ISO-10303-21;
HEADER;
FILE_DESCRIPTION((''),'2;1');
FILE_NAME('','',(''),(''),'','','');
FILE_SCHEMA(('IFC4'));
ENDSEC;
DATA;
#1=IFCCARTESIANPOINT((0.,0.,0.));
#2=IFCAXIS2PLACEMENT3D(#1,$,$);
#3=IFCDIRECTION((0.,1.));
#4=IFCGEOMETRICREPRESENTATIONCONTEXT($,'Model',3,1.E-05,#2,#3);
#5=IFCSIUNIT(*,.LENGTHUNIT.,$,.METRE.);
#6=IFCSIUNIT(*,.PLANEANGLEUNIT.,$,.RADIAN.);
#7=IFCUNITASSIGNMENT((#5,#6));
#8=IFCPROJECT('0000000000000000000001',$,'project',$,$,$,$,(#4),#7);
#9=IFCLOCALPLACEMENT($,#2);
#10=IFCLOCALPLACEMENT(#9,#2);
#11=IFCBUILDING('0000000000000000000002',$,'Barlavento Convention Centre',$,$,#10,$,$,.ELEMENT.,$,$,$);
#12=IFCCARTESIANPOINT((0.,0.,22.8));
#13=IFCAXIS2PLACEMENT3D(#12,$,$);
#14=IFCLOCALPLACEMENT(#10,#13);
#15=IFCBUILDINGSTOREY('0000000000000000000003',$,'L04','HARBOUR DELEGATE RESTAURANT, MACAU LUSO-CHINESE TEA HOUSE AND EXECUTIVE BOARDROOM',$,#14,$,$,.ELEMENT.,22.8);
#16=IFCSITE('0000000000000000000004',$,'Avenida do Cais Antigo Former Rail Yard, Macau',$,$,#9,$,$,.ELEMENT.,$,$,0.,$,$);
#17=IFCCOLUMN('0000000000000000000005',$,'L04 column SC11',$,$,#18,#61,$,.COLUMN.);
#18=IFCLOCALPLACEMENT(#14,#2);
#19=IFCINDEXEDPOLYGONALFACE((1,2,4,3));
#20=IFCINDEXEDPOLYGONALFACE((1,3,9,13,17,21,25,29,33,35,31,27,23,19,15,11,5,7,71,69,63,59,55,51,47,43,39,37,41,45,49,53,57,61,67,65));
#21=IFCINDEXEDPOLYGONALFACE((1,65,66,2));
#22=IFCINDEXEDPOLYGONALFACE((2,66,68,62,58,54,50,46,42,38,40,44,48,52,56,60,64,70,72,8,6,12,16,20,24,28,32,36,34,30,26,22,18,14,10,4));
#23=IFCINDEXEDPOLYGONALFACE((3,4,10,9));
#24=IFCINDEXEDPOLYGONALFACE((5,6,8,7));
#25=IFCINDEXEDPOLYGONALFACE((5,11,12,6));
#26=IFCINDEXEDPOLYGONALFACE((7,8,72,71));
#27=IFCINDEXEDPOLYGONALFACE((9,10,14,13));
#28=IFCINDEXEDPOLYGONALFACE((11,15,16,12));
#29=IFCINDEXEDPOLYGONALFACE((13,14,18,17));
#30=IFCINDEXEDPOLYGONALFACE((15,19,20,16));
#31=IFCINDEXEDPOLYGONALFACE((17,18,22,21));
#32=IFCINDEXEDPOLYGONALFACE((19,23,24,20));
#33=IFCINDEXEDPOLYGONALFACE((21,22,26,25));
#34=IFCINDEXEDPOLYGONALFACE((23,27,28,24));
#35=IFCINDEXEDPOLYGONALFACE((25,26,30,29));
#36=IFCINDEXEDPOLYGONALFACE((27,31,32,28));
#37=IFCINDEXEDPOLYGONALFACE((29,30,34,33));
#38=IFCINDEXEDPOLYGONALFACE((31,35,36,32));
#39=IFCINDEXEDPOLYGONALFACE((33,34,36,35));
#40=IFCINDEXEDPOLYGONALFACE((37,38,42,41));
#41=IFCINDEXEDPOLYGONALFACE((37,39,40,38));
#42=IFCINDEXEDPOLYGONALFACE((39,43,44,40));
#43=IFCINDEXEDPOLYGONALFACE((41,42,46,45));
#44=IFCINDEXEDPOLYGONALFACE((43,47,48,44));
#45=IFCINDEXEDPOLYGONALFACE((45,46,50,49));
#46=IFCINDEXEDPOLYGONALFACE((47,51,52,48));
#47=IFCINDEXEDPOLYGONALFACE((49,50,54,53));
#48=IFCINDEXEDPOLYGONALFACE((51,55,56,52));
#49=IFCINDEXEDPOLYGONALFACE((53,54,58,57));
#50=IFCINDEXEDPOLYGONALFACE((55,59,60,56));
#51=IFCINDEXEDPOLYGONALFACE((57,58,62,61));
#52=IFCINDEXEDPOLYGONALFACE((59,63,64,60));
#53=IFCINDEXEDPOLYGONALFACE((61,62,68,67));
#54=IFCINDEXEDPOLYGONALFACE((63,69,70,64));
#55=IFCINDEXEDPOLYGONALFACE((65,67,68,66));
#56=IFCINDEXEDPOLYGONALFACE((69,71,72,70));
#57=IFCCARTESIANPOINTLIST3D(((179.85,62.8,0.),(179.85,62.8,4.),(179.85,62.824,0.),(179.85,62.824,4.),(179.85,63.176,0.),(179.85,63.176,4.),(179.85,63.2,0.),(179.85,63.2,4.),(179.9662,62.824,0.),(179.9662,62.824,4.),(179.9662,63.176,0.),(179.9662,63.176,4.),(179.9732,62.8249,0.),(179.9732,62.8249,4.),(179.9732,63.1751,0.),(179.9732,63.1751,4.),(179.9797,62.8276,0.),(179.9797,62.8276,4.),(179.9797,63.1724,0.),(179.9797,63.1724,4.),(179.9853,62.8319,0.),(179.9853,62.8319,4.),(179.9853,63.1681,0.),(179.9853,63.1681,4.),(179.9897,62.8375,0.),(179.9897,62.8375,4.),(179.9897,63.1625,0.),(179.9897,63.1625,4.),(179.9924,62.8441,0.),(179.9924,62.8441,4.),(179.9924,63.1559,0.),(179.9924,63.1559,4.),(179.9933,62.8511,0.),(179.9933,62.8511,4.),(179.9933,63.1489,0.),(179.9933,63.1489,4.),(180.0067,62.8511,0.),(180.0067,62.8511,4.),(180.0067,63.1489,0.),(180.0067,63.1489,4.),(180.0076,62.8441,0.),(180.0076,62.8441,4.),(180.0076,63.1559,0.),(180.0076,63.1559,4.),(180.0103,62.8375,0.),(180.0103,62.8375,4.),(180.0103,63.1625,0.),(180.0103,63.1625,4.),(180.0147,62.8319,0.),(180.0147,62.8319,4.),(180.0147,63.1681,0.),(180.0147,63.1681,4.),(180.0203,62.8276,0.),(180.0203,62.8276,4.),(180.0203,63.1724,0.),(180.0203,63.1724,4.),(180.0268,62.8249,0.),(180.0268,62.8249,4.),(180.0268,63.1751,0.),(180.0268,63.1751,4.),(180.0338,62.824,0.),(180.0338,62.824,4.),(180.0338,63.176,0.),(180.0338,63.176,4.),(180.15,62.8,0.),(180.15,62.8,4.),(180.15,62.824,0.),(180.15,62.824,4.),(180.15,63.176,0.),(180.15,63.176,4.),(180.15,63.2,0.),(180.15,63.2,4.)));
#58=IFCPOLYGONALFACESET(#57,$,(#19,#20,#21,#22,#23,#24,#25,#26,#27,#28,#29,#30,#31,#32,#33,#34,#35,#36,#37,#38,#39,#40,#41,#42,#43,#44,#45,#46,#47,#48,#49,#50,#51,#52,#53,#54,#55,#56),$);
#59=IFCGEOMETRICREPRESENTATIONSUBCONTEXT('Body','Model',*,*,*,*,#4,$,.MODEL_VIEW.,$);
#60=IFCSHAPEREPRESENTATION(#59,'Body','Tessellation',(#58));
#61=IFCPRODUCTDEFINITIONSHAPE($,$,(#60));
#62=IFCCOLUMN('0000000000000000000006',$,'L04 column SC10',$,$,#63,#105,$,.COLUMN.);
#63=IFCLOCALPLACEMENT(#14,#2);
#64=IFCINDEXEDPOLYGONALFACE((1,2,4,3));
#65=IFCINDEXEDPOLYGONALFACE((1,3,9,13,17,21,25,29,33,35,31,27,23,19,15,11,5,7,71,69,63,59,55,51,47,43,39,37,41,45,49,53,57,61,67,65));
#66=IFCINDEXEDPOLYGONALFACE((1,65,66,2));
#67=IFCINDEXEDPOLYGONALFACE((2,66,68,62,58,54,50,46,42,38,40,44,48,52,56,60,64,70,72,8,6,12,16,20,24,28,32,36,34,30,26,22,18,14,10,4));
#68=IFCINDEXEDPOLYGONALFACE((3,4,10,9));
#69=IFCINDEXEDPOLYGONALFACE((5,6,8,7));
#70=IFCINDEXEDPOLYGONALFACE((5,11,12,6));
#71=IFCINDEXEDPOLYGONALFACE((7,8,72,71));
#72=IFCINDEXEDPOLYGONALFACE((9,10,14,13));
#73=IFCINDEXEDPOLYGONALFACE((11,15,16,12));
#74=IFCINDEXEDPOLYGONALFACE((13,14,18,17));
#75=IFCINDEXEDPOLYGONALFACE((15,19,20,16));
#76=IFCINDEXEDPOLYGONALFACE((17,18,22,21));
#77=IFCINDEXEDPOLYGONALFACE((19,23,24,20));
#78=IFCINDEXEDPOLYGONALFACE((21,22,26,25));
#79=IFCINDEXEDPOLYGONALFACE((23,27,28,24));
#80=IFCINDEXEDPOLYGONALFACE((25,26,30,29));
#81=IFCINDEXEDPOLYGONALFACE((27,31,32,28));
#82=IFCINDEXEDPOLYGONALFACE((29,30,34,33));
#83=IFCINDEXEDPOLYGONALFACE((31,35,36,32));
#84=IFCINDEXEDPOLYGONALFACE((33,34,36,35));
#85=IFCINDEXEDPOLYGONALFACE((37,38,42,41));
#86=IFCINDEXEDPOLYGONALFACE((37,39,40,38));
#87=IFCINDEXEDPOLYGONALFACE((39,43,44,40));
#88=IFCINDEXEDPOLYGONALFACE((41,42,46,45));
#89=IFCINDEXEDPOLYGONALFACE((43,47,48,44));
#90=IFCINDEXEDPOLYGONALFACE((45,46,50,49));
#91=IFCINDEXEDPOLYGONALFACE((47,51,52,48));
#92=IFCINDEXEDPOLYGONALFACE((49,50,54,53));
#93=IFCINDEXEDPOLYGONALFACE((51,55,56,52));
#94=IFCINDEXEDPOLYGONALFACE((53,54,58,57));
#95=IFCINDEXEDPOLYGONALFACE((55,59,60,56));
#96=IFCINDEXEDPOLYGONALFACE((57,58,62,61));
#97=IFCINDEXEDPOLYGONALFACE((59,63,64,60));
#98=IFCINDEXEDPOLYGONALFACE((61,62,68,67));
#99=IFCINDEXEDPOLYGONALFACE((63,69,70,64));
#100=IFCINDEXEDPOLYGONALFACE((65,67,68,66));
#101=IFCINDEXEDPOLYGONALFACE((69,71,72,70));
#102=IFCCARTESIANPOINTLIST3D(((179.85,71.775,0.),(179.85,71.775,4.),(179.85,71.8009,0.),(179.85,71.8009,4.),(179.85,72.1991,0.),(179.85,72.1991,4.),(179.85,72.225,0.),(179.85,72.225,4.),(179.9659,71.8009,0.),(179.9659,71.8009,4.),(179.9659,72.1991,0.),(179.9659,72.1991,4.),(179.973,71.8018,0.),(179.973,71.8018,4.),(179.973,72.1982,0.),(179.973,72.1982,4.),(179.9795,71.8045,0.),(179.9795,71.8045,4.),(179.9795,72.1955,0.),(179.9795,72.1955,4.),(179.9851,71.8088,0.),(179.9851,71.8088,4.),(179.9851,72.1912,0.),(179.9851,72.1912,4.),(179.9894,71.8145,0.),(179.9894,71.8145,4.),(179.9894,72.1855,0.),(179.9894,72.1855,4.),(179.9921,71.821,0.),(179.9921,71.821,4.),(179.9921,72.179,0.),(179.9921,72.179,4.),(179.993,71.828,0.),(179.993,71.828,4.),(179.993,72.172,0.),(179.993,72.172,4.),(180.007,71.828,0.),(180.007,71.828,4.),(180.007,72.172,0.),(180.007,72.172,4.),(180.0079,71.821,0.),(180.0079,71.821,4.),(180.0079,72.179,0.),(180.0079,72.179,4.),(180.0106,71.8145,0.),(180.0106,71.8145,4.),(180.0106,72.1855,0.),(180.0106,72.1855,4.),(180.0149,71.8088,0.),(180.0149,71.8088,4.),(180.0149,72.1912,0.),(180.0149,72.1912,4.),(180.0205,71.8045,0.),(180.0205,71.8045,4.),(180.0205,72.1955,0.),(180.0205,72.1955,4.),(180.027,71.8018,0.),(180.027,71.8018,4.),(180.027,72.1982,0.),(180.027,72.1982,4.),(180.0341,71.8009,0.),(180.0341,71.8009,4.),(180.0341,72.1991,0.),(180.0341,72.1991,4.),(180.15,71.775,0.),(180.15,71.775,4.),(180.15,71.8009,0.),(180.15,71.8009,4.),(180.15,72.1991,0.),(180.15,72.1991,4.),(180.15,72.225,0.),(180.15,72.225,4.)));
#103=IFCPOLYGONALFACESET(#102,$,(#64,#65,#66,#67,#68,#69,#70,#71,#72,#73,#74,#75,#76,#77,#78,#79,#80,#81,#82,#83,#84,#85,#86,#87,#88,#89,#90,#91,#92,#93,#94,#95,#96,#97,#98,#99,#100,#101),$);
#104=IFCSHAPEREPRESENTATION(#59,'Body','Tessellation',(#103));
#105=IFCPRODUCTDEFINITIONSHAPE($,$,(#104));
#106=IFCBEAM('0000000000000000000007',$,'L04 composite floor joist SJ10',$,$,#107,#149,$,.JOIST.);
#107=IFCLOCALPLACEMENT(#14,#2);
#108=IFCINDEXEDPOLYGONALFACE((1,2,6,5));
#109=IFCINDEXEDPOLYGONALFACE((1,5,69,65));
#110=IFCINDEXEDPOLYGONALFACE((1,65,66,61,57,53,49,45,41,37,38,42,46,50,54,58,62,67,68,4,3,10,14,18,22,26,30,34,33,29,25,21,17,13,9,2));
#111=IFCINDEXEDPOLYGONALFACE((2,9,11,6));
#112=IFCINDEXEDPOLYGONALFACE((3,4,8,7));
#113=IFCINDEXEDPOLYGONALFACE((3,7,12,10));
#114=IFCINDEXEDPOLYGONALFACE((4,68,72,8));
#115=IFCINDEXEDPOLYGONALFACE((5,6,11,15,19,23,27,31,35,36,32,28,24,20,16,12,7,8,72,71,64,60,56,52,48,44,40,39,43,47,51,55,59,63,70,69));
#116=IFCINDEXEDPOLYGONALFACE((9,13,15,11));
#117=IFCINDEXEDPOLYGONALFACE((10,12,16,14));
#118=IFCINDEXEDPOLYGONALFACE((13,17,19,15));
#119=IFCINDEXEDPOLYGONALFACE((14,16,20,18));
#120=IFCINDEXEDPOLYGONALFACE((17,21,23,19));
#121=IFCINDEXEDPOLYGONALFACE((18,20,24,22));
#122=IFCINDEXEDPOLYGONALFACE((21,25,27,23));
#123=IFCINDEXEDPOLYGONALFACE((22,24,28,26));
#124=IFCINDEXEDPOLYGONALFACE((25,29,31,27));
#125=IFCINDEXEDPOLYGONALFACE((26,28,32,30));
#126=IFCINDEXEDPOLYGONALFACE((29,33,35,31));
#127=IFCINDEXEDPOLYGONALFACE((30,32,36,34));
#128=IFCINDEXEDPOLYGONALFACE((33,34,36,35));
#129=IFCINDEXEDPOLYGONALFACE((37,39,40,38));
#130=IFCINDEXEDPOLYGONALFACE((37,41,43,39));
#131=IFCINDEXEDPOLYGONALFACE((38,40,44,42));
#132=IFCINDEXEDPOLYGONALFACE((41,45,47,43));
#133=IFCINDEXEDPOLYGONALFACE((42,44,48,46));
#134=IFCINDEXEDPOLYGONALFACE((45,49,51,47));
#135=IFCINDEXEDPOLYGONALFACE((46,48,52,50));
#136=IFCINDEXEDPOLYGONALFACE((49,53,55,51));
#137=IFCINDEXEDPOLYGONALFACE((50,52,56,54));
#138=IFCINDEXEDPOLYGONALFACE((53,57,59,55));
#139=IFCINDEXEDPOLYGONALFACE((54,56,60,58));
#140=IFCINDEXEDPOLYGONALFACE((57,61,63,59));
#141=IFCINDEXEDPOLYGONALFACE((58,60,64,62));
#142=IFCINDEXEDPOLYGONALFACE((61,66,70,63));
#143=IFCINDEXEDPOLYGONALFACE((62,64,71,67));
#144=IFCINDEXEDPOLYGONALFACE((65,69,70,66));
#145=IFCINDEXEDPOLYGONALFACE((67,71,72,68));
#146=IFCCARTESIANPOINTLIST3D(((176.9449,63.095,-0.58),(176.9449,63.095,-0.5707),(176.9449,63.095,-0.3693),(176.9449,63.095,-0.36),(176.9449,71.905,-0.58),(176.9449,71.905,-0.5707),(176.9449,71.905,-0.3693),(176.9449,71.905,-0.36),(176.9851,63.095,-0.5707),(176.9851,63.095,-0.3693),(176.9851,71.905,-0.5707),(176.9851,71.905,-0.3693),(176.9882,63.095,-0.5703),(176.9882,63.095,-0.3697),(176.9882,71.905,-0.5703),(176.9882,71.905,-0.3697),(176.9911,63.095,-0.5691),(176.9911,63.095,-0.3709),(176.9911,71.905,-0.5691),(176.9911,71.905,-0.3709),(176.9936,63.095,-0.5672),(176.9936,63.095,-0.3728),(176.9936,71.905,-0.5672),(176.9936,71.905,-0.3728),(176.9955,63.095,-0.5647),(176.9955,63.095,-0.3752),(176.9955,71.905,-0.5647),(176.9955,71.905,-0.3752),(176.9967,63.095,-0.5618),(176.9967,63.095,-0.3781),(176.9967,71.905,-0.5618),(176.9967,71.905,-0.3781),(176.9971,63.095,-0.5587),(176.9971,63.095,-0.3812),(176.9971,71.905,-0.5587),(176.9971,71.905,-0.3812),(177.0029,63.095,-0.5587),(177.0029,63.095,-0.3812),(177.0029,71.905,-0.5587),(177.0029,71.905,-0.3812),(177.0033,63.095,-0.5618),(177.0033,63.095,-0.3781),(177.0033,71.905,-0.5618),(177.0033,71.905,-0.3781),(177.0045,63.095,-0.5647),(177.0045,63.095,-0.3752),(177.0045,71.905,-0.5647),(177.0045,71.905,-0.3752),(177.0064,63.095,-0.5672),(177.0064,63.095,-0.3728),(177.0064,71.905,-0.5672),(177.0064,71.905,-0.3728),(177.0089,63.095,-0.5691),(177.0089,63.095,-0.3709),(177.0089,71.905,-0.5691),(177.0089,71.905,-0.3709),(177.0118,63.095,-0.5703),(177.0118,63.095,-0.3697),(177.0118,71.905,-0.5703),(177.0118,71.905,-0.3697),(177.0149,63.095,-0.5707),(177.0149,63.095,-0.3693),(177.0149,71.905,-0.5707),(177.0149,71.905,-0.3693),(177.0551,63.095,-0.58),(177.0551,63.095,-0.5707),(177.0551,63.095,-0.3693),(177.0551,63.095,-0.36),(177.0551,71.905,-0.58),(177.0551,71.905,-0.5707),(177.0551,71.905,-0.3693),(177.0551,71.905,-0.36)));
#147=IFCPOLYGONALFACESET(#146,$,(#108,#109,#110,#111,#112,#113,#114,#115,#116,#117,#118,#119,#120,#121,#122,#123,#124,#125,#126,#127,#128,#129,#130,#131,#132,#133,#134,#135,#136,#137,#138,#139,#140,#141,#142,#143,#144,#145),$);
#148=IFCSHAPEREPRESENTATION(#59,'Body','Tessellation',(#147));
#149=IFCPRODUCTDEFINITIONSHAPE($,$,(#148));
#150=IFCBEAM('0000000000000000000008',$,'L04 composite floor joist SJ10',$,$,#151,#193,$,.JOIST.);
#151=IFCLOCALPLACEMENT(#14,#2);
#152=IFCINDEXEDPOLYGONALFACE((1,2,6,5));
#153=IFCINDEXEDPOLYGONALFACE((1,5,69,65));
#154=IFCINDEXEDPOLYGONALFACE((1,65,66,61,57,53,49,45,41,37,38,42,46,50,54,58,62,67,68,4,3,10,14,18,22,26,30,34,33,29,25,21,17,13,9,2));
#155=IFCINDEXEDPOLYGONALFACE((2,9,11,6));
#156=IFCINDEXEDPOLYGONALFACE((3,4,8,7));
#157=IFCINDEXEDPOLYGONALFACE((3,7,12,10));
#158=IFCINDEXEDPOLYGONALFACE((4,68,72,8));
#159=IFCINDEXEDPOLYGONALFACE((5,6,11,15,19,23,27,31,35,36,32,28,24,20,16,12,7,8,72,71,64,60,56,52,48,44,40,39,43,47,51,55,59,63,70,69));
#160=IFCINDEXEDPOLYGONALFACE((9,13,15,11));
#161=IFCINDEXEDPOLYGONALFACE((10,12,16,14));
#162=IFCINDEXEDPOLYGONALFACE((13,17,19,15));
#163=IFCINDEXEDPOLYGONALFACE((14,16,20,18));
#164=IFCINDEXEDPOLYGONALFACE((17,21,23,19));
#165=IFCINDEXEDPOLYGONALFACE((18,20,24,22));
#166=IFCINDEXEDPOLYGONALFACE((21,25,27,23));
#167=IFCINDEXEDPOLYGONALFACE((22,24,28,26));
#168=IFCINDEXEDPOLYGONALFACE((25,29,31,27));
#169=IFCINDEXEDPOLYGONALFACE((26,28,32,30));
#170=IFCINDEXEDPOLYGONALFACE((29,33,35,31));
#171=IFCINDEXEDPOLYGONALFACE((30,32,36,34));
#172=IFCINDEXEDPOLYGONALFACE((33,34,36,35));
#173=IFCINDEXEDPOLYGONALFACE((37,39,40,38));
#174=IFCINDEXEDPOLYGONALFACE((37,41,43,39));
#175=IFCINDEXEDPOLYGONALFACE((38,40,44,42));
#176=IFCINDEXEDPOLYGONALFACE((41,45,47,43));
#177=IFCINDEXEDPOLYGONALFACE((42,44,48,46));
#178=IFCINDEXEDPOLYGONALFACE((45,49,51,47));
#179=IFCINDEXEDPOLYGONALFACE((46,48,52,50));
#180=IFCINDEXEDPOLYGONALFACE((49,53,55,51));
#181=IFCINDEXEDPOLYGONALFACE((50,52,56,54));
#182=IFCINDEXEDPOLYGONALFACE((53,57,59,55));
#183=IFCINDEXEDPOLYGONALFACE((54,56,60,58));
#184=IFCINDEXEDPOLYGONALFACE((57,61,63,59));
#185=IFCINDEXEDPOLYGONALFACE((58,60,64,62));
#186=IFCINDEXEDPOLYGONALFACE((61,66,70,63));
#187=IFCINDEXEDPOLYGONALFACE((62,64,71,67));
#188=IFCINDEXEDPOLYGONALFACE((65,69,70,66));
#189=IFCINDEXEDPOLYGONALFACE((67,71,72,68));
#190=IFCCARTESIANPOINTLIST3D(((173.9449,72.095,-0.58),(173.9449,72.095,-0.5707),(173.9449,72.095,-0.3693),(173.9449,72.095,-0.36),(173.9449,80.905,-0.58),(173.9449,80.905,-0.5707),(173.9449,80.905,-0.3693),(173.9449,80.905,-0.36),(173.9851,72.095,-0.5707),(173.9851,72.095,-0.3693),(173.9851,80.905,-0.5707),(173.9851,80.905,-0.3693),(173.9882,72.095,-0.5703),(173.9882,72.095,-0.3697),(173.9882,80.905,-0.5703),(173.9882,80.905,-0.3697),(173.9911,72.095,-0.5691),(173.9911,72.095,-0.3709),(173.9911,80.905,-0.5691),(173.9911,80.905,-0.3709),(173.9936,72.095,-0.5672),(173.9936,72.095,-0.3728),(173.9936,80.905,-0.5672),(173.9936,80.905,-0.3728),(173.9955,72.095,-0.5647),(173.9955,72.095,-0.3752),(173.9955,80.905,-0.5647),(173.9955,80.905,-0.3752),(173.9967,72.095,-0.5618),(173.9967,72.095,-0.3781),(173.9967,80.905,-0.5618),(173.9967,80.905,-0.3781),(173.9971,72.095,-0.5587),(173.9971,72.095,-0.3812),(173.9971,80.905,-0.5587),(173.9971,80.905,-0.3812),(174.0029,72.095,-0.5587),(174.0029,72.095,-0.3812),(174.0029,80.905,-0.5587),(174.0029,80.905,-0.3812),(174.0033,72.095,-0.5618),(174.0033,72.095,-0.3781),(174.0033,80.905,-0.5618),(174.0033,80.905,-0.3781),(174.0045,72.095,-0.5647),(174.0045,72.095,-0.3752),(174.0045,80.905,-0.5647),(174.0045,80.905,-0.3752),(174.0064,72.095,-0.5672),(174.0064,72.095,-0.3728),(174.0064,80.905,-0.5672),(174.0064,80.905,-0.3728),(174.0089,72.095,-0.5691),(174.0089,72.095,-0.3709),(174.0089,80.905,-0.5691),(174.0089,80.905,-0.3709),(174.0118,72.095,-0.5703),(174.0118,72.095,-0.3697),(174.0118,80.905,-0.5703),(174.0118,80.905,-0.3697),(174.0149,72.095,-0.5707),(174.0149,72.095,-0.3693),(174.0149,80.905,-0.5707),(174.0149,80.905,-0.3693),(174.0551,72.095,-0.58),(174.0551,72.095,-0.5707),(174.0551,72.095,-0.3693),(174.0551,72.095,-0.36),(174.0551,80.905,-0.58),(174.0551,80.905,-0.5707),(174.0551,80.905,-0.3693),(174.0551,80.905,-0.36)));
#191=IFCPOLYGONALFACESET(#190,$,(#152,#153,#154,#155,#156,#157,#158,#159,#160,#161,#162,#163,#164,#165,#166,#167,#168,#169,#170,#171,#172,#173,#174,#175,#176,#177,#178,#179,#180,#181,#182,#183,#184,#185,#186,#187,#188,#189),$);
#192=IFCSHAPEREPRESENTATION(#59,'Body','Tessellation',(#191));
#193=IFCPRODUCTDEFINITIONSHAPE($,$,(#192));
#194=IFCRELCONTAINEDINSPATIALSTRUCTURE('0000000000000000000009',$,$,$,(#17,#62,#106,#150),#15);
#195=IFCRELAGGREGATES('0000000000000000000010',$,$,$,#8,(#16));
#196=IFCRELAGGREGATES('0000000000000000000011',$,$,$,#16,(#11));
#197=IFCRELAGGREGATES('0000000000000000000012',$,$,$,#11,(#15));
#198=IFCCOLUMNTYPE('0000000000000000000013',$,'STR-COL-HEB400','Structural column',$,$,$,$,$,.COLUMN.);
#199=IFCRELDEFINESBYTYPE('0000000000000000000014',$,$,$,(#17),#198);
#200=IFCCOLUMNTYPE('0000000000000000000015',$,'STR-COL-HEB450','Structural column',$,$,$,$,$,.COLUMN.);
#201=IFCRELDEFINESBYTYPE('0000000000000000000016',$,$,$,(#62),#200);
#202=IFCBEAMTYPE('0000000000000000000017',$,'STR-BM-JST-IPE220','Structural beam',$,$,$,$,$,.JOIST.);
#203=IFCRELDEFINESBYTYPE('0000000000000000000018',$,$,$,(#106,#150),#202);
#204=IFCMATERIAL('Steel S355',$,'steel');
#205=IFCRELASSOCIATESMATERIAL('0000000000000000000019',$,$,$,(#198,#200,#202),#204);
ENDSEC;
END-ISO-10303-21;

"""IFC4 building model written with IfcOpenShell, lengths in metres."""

from ifc_helpers import new_model, si_unit, direction, frame, origin, origin_2d, place, context, subcontext, project, spatial, i_section, extrude, material, material_profile, profile_set, type_object, element, save


model = new_model("IFC4")

# Units and contexts
model_context = context("Model", 3, precision=1e-05, world=origin(), true_north=direction((0.0, 1.0)))
body_context = subcontext(model_context, "Body", "Model", "MODEL_VIEW")
ifc_project = project(units=[si_unit("LENGTHUNIT", "METRE"), si_unit("PLANEANGLEUNIT", "RADIAN")], contexts=[model_context])

# Site, building, storey
site_placement = place(None, origin())
site = spatial("IfcSite", under=ifc_project, at=site_placement, Name="Avenida do Cais Antigo Former Rail Yard, Macau", CompositionType="ELEMENT", RefElevation=0.0)
building_placement = place(site_placement, origin())
building = spatial("IfcBuilding", under=site, at=building_placement, Name="Barlavento Convention Centre", CompositionType="ELEMENT")
storey_placement = place(building_placement, frame((0.0, 0.0, 22.8)))
storey = spatial("IfcBuildingStorey", under=building, at=storey_placement, Name="L04", Description="HARBOUR DELEGATE RESTAURANT, MACAU LUSO-CHINESE TEA HOUSE AND EXECUTIVE BOARDROOM", CompositionType="ELEMENT", Elevation=22.8)

# Columns
ifc_material_1 = material(Name="Steel S355", Category="steel")
ifc_material_profile_1 = material_profile(ifc_material_1, i_section(OverallWidth=0.3, OverallDepth=0.3999, WebThickness=0.0134, FlangeThickness=0.0239, FilletRadius=0.0271, at=origin_2d()), Name="HEB 400")
ifc_profile_set_1 = profile_set([ifc_material_profile_1], Name="Steel S355")
column_type_1 = type_object("IfcColumnType", Name="STR-COL-HEB400", Description="Structural column", PredefinedType="COLUMN", material=ifc_profile_set_1)
column_1_placement = place(storey_placement, frame((180.0, 63.0, 0.0), z_axis=(0.0, 0.0, 1.0), x_axis=(1.0, 0.0, 0.0)))
element("IfcColumn", 1, at=column_1_placement, inside=storey, type_object=column_type_1, Name="L04 column SC11", PredefinedType="COLUMN", context=body_context, shape_type="SweptSolid", body=[
    extrude(i_section(OverallWidth=0.3, OverallDepth=0.3999, WebThickness=0.0134, FlangeThickness=0.0239, FilletRadius=0.0271, at=origin_2d()), origin(), (0.0, 0.0, 1.0), 4.0),
])
ifc_material_profile_2 = material_profile(ifc_material_1, i_section(OverallWidth=0.3, OverallDepth=0.45, WebThickness=0.0139, FlangeThickness=0.0259, FilletRadius=0.0271, at=origin_2d()), Name="HEB 450")
ifc_profile_set_2 = profile_set([ifc_material_profile_2], Name="Steel S355")
column_type_2 = type_object("IfcColumnType", Name="STR-COL-HEB450", Description="Structural column", PredefinedType="COLUMN", material=ifc_profile_set_2)
column_2_placement = place(storey_placement, frame((180.0, 72.0, 0.0), z_axis=(0.0, 0.0, 1.0), x_axis=(1.0, 0.0, 0.0)))
element("IfcColumn", 2, at=column_2_placement, inside=storey, type_object=column_type_2, Name="L04 column SC10", PredefinedType="COLUMN", context=body_context, shape_type="SweptSolid", body=[
    extrude(i_section(OverallWidth=0.3, OverallDepth=0.45, WebThickness=0.0139, FlangeThickness=0.0259, FilletRadius=0.0271, at=origin_2d()), origin(), (0.0, 0.0, 1.0), 4.0),
])

# Beams
ifc_material_profile_3 = material_profile(ifc_material_1, i_section(OverallWidth=0.1101, OverallDepth=0.22, WebThickness=0.0059, FlangeThickness=0.0093, FilletRadius=0.012, at=origin_2d()), Name="IPE 220")
ifc_profile_set_3 = profile_set([ifc_material_profile_3], Name="Steel S355")
beam_type_1 = type_object("IfcBeamType", Name="STR-BM-JST-IPE220", Description="Structural beam", PredefinedType="JOIST", material=ifc_profile_set_3)
for number, where, z_axis, x_axis, name in (
    (3, (177.0, 63.095, -0.47), (0.0, 1.0, 0.0), (-1.0, 0.0, 0.0), "L04 composite floor joist SJ10"),
    (4, (174.0, 72.095, -0.47), (0.0, 1.0, 0.0), (-1.0, 0.0, 0.0), "L04 composite floor joist SJ10"),
):
    element("IfcBeam", number, at=place(storey_placement, frame(where, z_axis=z_axis, x_axis=x_axis)), inside=storey, type_object=beam_type_1, Name=name, PredefinedType="JOIST", context=body_context, shape_type="SweptSolid", body=[
        extrude(i_section(OverallWidth=0.1101, OverallDepth=0.22, WebThickness=0.0059, FlangeThickness=0.0093, FilletRadius=0.012, at=origin_2d()), origin(), (0.0, 0.0, 1.0), 8.8101),
    ])

save(model, "model.ifc")
